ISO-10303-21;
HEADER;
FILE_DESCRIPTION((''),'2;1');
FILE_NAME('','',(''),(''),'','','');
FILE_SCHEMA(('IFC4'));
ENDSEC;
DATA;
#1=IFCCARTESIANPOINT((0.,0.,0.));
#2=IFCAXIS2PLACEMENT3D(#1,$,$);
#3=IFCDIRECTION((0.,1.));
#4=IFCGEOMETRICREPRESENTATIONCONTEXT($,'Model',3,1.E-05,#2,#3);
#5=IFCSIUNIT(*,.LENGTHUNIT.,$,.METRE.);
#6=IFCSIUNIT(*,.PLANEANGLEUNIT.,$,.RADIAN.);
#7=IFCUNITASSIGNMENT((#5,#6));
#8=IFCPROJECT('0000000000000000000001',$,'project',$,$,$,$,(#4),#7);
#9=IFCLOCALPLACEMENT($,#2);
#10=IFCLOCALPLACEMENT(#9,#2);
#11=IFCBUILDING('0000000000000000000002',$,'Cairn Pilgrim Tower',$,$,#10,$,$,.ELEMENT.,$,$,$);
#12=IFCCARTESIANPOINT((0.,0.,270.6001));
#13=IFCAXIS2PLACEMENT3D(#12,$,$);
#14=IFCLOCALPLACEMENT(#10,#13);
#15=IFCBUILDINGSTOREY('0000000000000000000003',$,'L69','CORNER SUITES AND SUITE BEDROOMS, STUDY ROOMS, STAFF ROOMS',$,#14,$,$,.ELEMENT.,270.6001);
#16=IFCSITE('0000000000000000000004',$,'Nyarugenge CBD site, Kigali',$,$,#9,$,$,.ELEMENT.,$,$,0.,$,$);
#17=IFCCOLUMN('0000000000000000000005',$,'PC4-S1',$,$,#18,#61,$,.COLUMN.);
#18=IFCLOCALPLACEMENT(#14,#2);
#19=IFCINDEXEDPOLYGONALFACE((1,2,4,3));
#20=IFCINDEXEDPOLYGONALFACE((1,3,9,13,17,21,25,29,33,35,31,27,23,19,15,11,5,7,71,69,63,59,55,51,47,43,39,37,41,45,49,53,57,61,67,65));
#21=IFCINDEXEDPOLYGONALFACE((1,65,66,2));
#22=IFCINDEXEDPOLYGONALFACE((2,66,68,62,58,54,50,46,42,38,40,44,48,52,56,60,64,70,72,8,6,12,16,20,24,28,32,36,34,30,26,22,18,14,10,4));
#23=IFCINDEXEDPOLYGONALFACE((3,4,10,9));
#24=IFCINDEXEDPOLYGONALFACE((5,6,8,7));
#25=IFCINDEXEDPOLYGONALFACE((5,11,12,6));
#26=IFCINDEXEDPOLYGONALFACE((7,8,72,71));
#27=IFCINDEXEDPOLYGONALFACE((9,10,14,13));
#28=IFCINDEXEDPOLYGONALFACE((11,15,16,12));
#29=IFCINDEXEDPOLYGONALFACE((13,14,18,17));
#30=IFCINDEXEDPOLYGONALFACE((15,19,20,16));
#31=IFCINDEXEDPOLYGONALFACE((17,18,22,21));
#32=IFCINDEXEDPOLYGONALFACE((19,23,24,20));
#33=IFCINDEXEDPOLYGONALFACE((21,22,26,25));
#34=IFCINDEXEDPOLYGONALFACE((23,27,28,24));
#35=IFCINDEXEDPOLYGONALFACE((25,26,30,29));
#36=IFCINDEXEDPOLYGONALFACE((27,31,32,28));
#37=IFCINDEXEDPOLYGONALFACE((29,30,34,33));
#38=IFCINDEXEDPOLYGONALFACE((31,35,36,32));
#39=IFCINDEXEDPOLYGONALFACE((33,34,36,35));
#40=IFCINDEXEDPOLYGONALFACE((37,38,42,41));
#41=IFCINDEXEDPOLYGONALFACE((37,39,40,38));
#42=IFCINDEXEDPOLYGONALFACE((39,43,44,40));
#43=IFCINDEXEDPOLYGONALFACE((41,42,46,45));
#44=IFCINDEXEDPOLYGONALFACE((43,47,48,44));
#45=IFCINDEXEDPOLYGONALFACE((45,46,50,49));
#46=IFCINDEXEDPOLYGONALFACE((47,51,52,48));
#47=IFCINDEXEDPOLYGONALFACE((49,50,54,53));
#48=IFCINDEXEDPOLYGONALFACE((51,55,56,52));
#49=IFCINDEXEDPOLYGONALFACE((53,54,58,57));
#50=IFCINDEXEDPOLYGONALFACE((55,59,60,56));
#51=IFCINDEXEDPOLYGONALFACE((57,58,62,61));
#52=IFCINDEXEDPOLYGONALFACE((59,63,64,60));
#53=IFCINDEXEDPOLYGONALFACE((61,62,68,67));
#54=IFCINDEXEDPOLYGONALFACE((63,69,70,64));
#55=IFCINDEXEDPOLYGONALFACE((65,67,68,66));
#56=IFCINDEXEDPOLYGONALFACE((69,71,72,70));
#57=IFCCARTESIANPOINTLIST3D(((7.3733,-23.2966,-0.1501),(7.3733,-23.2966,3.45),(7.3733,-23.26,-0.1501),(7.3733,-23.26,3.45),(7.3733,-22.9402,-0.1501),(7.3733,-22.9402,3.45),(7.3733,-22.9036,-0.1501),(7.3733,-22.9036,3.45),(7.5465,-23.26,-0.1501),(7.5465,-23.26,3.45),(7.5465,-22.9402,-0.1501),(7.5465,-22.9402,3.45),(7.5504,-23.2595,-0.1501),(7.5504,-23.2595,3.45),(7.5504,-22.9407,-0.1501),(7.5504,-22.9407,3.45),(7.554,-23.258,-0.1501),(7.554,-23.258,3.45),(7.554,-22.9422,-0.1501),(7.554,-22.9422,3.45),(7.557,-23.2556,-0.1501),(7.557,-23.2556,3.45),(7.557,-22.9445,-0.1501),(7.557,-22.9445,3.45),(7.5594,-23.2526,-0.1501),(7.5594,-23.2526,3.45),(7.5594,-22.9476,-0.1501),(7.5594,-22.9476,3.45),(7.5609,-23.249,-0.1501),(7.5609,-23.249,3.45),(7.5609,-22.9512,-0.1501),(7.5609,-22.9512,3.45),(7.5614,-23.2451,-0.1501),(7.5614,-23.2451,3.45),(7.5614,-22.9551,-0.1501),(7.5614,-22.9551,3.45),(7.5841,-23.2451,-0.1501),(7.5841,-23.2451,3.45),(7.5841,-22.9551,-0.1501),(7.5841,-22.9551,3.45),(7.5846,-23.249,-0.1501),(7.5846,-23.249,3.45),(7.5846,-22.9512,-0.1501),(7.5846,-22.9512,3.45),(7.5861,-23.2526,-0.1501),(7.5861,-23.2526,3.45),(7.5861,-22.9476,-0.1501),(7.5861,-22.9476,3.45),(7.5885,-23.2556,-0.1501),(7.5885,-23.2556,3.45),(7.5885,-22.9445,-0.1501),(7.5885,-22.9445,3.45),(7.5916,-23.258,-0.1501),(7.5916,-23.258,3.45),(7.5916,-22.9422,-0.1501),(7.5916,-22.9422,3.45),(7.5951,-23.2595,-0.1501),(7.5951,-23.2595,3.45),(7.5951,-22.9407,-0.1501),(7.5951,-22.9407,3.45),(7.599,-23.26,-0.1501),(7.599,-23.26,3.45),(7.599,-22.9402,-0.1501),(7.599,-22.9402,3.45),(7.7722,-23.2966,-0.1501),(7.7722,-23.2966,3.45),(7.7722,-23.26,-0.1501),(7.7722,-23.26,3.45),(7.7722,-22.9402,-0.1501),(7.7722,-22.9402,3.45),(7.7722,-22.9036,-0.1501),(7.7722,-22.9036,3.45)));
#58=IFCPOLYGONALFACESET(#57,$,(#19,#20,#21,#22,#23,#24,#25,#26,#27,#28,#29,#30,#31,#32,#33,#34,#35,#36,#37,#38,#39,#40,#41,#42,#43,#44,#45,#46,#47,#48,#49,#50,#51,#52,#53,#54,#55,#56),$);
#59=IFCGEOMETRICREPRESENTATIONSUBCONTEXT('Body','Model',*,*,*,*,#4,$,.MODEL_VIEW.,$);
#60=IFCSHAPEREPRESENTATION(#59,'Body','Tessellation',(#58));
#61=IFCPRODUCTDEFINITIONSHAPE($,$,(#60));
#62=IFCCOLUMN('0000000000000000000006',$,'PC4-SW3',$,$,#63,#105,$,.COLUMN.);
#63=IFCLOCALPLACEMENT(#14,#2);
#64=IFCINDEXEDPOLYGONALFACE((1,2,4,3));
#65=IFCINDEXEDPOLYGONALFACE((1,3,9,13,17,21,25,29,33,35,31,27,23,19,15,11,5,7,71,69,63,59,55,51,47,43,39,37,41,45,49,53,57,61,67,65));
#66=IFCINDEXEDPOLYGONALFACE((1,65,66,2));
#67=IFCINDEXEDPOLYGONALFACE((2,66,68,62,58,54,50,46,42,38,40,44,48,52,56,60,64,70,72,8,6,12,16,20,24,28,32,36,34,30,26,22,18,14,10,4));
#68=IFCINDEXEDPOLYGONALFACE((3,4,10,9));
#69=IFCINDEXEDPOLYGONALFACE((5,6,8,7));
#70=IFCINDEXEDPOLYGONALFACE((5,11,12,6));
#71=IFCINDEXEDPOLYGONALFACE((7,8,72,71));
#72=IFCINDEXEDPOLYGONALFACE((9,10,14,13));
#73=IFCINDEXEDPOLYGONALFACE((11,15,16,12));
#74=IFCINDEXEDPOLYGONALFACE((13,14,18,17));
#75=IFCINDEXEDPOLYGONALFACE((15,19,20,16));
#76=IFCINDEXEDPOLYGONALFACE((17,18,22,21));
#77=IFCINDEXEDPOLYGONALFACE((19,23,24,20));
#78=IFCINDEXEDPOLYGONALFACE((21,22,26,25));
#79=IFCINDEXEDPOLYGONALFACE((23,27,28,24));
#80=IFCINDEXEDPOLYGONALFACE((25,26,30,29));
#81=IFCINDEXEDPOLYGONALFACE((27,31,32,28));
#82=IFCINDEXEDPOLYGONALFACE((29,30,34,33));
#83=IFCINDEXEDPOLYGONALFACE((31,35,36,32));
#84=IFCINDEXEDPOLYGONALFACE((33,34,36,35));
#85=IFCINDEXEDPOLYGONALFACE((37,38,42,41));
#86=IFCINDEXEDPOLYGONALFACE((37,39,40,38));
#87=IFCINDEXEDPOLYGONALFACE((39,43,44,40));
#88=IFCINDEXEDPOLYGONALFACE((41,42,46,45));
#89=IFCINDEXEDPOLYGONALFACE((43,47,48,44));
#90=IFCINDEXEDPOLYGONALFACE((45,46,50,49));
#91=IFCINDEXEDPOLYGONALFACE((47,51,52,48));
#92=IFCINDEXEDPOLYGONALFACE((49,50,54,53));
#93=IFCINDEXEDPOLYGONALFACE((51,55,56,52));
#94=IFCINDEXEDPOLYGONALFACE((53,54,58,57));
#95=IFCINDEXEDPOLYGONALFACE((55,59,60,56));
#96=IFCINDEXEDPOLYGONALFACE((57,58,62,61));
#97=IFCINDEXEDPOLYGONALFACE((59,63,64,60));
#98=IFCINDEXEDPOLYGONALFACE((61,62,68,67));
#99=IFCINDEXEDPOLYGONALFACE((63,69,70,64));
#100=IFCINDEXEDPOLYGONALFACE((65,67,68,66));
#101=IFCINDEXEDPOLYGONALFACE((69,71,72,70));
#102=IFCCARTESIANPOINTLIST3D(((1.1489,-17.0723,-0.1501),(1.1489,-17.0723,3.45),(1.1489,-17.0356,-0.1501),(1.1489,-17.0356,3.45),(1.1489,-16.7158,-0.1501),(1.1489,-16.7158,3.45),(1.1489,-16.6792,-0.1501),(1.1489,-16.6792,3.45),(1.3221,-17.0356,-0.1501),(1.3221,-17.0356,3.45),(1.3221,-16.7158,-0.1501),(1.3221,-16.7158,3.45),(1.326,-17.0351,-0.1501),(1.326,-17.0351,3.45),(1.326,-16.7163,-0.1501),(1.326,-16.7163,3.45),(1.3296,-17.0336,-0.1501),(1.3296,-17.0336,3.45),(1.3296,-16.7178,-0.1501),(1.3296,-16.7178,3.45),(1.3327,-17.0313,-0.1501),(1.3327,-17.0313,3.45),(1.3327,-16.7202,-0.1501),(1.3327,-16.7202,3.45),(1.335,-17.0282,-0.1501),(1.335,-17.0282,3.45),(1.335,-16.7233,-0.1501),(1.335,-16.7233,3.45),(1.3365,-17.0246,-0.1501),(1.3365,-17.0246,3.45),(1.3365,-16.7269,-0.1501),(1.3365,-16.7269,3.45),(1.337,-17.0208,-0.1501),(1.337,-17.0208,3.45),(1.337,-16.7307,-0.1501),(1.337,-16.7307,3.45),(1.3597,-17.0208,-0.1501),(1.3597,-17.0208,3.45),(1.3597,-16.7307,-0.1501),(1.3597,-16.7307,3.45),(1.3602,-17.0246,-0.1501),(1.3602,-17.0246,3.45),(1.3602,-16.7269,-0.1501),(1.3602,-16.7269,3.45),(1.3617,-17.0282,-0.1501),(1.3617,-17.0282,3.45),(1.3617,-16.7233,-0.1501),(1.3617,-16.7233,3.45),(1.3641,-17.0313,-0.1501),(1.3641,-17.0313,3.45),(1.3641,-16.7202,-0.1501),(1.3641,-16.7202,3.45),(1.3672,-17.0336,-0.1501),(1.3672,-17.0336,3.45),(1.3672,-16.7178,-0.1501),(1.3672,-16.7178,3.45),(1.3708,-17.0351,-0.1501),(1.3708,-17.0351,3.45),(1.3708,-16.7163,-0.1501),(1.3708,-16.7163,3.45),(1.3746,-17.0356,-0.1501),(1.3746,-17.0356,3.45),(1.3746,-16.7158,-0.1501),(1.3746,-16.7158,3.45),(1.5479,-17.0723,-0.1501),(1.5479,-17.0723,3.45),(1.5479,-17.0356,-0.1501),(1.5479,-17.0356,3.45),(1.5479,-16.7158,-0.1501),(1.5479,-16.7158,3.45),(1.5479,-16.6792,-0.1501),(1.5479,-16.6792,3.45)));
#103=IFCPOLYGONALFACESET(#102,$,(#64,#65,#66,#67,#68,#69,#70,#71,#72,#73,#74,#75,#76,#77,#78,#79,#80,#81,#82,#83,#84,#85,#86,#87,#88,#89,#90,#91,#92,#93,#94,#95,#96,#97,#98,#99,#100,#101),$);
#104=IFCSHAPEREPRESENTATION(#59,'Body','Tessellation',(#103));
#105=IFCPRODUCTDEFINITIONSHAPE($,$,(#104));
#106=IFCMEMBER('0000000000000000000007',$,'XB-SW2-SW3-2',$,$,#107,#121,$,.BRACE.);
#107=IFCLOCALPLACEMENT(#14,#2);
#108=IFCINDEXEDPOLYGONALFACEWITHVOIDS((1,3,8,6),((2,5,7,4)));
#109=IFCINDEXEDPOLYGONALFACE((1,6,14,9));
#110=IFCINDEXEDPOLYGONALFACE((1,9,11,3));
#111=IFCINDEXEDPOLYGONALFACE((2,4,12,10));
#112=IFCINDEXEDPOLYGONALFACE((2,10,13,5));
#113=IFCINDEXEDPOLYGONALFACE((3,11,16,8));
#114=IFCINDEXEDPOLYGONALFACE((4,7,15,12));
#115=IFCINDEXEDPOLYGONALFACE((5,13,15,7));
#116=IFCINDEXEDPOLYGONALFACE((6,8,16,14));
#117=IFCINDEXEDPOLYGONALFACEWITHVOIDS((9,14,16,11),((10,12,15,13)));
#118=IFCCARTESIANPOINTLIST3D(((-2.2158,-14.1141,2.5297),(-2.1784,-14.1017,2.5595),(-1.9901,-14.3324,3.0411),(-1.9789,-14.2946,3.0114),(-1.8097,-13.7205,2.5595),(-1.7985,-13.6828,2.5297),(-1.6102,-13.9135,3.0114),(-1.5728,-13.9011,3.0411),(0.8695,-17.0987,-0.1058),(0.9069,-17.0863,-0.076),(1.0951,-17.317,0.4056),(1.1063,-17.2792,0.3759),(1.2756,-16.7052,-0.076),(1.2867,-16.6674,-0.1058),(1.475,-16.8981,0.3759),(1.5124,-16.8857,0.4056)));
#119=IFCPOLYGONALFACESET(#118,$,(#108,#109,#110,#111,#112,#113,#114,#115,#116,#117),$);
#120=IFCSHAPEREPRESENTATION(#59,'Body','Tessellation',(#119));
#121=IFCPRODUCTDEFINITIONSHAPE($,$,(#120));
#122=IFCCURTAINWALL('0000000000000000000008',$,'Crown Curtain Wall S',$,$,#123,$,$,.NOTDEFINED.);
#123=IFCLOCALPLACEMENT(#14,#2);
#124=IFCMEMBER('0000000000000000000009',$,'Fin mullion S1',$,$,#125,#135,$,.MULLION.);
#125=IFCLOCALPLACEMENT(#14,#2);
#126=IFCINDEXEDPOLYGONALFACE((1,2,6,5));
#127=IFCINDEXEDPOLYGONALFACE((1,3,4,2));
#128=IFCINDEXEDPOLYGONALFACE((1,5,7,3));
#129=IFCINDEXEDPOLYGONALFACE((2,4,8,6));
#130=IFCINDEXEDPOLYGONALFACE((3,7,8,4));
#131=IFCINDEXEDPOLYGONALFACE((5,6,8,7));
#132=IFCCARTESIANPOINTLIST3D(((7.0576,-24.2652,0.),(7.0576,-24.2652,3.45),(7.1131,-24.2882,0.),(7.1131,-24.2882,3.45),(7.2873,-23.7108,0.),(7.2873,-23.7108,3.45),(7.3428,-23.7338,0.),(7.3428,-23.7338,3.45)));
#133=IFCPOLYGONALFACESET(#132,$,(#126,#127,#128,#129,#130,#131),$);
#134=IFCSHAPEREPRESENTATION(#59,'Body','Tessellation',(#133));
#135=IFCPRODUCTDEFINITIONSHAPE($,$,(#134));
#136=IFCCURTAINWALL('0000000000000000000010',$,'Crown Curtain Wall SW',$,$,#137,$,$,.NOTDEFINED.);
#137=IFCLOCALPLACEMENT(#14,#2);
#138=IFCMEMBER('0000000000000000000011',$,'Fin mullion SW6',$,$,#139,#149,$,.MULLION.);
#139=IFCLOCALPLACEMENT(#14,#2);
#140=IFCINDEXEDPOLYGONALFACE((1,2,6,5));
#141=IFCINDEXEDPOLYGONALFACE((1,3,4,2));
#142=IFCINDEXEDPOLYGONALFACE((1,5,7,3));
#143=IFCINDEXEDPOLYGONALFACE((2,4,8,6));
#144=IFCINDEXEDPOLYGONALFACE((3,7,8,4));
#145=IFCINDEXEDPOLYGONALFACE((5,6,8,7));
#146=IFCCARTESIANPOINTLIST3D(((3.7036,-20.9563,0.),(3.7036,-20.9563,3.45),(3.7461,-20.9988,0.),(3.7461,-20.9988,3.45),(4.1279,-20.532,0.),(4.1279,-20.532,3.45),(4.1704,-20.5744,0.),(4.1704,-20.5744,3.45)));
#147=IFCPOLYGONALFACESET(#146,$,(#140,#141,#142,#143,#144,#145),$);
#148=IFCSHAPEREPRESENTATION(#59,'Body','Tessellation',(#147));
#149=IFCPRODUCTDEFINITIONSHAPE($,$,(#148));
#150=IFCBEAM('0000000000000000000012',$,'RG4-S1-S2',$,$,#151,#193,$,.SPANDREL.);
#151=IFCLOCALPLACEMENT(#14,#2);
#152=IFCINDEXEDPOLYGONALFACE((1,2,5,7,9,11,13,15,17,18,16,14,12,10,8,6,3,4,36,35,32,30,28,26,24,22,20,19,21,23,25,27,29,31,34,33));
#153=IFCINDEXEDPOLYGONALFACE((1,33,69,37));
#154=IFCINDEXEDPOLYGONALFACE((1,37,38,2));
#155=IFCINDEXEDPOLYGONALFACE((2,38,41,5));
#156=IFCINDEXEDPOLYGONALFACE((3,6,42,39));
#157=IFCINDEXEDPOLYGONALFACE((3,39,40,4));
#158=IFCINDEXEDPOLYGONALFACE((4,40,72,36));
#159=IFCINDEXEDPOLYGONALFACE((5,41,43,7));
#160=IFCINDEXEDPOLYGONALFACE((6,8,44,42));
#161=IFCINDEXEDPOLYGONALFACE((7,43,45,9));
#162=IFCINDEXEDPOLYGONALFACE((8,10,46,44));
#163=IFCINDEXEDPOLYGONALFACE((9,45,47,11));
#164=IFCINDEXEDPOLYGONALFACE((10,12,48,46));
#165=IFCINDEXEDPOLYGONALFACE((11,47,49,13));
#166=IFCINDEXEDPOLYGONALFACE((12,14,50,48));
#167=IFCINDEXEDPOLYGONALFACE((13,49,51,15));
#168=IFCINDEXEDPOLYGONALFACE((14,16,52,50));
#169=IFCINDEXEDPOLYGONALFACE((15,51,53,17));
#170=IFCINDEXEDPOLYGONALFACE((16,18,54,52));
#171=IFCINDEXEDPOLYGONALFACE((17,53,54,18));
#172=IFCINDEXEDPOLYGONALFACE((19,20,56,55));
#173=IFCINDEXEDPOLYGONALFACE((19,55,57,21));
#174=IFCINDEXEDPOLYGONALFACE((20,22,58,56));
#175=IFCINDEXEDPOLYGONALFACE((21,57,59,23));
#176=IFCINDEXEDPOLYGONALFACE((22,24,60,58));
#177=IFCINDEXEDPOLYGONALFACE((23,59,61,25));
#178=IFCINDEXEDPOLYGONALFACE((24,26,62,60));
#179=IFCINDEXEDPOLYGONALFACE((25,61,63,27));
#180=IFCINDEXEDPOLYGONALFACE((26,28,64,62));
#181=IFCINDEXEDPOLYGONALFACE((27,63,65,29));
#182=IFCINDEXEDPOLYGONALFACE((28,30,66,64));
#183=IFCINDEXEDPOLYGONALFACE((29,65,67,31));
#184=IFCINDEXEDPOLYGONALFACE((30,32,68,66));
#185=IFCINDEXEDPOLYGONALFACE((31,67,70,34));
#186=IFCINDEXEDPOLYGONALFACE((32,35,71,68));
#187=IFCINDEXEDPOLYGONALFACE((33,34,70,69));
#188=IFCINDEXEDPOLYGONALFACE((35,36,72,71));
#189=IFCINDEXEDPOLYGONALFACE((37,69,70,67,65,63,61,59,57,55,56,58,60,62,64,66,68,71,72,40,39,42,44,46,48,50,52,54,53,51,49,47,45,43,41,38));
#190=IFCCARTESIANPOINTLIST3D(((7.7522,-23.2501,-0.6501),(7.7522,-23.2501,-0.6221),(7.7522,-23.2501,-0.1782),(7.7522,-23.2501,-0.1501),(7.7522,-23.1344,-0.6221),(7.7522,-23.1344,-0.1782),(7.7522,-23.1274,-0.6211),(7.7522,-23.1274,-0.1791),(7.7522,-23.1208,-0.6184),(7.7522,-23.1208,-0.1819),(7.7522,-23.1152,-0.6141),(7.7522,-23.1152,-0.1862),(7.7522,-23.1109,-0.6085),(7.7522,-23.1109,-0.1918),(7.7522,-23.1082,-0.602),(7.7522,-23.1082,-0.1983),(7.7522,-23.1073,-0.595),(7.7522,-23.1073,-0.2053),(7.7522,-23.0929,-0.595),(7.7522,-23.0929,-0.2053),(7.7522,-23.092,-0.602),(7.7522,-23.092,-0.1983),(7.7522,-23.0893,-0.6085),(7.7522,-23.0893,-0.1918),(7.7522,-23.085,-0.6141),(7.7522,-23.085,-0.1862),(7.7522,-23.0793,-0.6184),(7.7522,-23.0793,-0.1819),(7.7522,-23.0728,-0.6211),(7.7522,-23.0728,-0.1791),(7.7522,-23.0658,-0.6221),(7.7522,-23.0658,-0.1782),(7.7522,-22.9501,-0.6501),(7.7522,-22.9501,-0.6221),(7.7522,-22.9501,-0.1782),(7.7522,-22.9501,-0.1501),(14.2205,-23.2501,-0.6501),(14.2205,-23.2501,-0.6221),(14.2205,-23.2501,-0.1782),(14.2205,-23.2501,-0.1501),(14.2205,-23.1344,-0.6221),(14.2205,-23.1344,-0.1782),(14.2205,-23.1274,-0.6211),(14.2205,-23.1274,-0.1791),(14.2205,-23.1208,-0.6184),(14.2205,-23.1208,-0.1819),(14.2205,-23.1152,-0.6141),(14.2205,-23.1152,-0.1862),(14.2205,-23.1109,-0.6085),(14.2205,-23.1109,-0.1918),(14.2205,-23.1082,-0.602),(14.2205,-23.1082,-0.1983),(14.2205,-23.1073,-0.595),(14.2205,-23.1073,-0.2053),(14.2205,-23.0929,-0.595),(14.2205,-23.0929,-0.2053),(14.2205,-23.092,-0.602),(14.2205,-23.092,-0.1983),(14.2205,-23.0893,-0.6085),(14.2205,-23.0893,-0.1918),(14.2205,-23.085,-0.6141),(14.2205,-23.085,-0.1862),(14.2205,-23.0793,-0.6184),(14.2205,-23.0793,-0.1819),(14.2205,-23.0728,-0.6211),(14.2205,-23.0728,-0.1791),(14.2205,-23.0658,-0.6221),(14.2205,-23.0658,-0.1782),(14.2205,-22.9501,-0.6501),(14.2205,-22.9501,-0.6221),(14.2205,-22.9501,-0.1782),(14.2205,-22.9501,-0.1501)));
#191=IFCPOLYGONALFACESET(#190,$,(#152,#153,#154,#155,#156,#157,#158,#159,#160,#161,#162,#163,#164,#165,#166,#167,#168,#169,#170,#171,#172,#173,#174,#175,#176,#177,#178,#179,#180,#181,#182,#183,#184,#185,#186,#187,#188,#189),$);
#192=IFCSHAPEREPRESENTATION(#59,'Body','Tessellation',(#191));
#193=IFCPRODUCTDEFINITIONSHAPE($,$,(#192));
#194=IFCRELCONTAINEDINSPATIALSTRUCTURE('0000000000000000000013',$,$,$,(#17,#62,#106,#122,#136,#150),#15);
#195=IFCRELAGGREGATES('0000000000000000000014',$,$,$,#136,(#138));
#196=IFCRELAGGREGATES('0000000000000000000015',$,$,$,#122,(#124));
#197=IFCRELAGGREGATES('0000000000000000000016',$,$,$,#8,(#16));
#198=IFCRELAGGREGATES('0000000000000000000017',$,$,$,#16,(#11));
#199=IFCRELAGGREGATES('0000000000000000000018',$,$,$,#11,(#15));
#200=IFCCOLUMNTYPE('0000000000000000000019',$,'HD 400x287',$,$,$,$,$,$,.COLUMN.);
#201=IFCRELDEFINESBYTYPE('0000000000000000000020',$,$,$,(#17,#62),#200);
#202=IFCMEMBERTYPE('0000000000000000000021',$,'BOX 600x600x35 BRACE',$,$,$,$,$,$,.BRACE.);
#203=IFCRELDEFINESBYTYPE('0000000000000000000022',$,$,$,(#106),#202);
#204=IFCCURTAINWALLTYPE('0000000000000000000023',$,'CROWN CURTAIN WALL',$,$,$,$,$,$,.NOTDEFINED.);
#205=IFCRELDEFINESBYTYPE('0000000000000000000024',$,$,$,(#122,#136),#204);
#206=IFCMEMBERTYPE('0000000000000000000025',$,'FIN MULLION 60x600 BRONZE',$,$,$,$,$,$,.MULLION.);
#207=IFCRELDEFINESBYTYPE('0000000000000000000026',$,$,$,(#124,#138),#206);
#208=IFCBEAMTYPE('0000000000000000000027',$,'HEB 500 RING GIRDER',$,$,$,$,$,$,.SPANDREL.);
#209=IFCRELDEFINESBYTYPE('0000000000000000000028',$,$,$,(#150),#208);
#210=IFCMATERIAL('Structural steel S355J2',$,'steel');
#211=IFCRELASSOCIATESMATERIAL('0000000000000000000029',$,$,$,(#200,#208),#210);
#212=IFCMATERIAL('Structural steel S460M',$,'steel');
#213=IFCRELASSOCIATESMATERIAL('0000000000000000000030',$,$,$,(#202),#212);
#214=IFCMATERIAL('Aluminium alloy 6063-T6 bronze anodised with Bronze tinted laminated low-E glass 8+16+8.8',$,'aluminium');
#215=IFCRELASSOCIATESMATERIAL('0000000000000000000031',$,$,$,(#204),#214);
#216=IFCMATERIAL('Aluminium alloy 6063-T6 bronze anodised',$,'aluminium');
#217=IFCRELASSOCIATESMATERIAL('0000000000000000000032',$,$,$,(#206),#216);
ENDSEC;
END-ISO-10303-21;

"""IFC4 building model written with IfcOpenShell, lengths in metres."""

from ifc_helpers import new_model, si_unit, direction, frame, origin, origin_2d, place, context, subcontext, project, spatial, rectangle, hollow_rectangle, i_section, extrude, material, material_profile, profile_set, type_object, element, aggregate, save


model = new_model("IFC4")

# Units and contexts
model_context = context("Model", 3, precision=1e-05, world=origin(), true_north=direction((0.0, 1.0)))
body_context = subcontext(model_context, "Body", "Model", "MODEL_VIEW")
ifc_project = project(units=[si_unit("LENGTHUNIT", "METRE"), si_unit("PLANEANGLEUNIT", "RADIAN")], contexts=[model_context])

# Site, building, storey
site_placement = place(None, origin())
site = spatial("IfcSite", under=ifc_project, at=site_placement, Name="Nyarugenge CBD site, Kigali", CompositionType="ELEMENT", RefElevation=0.0)
building_placement = place(site_placement, origin())
building = spatial("IfcBuilding", under=site, at=building_placement, Name="Cairn Pilgrim Tower", CompositionType="ELEMENT")
storey_placement = place(building_placement, frame((0.0, 0.0, 270.6001)))
storey = spatial("IfcBuildingStorey", under=building, at=storey_placement, Name="L69", Description="CORNER SUITES AND SUITE BEDROOMS, STUDY ROOMS, STAFF ROOMS", CompositionType="ELEMENT", Elevation=270.6001)

# Columns
ifc_material_1 = material(Name="Structural steel S355J2", Category="steel")
ifc_material_profile_1 = material_profile(ifc_material_1, i_section(OverallWidth=0.3989, OverallDepth=0.3931, WebThickness=0.0227, FlangeThickness=0.0366, FilletRadius=0.0149, at=origin_2d()), Name="HD 400x287")
ifc_profile_set_1 = profile_set([ifc_material_profile_1], Name="Structural steel S355J2")
column_type = type_object("IfcColumnType", Name="HD 400x287", PredefinedType="COLUMN", material=ifc_profile_set_1)
for number, where, z_axis, x_axis, name in (
    (1, (7.5728, -23.1001, -0.1501), (0.0, 0.0, 1.0), (1.0, 0.0, 0.0), "PC4-S1"),
    (2, (1.3484, -16.8757, -0.1501), (0.0, 0.0, 1.0), (1.0, 0.0, 0.0), "PC4-SW3"),
):
    element("IfcColumn", number, at=place(storey_placement, frame(where, z_axis=z_axis, x_axis=x_axis)), inside=storey, type_object=column_type, Name=name, PredefinedType="COLUMN", context=body_context, shape_type="SweptSolid", body=[
        extrude(i_section(OverallWidth=0.3989, OverallDepth=0.3931, WebThickness=0.0227, FlangeThickness=0.0366, FilletRadius=0.0149, at=origin_2d()), origin(), (0.0, 0.0, 1.0), 3.6001),
    ])

# Member
ifc_material_2 = material(Name="Structural steel S460M", Category="steel")
ifc_material_profile_2 = material_profile(ifc_material_2, hollow_rectangle(XDim=0.6001, YDim=0.6001, WallThickness=0.0349, at=origin_2d()), Name="BOX 600x600x35")
ifc_profile_set_2 = profile_set([ifc_material_profile_2], Name="Structural steel S460M")
member_type_1 = type_object("IfcMemberType", Name="BOX 600x600x35 BRACE", PredefinedType="BRACE", material=ifc_profile_set_2)
member_1_placement = place(storey_placement, frame((1.1909, -16.9922, 0.1499), z_axis=(-0.612497, 0.592528, 0.523218), x_axis=(-0.695294, -0.718726, 0.0)))
element("IfcMember", 3, at=member_1_placement, inside=storey, type_object=member_type_1, Name="XB-SW2-SW3-2", PredefinedType="BRACE", context=body_context, shape_type="SweptSolid", body=[
    extrude(hollow_rectangle(XDim=0.6001, YDim=0.6001, WallThickness=0.0349, at=origin_2d()), origin(), (0.0, 0.0, 1.0), 5.0371),
])

# Curtain walls, members
ifc_material_3 = material(Name="Aluminium alloy 6063-T6 bronze anodised with Bronze tinted laminated low-E glass 8+16+8.8", Category="aluminium")
curtain_wall_type = type_object("IfcCurtainWallType", Name="CROWN CURTAIN WALL", PredefinedType="NOTDEFINED", material=ifc_material_3)
curtain_wall_1_placement = place(storey_placement, origin())
curtain_wall_1 = element("IfcCurtainWall", 4, at=curtain_wall_1_placement, inside=storey, type_object=curtain_wall_type, Name="Crown Curtain Wall S", PredefinedType="NOTDEFINED")
ifc_material_4 = material(Name="Aluminium alloy 6063-T6 bronze anodised", Category="aluminium")
ifc_material_profile_3 = material_profile(ifc_material_4, rectangle(XDim=0.6001, YDim=0.0601, at=origin_2d()), Name="FIN MULLION 60x600 BRONZE")
ifc_profile_set_3 = profile_set([ifc_material_profile_3], Name="Aluminium alloy 6063-T6 bronze anodised")
member_type_2 = type_object("IfcMemberType", Name="FIN MULLION 60x600 BRONZE", PredefinedType="MULLION", material=ifc_profile_set_3)
member_2_placement = place(storey_placement, frame((7.2002, -23.9995, 0.0), z_axis=(0.0, 0.0, 1.0), x_axis=(-0.382683, -0.92388, 0.0)))
member_2 = element("IfcMember", 5, at=member_2_placement, type_object=member_type_2, Name="Fin mullion S1", PredefinedType="MULLION", context=body_context, shape_type="SweptSolid", body=[
    extrude(rectangle(XDim=0.6001, YDim=0.0601, at=origin_2d()), origin(), (0.0, 0.0, 1.0), 3.45),
])
curtain_wall_2_placement = place(storey_placement, origin())
curtain_wall_2 = element("IfcCurtainWall", 6, at=curtain_wall_2_placement, inside=storey, type_object=curtain_wall_type, Name="Crown Curtain Wall SW", PredefinedType="NOTDEFINED")
member_3_placement = place(storey_placement, frame((3.937, -20.7654, 0.0), z_axis=(0.0, 0.0, 1.0), x_axis=(-0.707107, -0.707107, 0.0)))
member_3 = element("IfcMember", 7, at=member_3_placement, type_object=member_type_2, Name="Fin mullion SW6", PredefinedType="MULLION", context=body_context, shape_type="SweptSolid", body=[
    extrude(rectangle(XDim=0.6001, YDim=0.0601, at=origin_2d()), origin(), (0.0, 0.0, 1.0), 3.45),
])

# Beam
ifc_material_profile_4 = material_profile(ifc_material_1, i_section(OverallWidth=0.3, OverallDepth=0.5, WebThickness=0.0144, FlangeThickness=0.0281, FilletRadius=0.0271, at=origin_2d()), Name="HEB 500")
ifc_profile_set_4 = profile_set([ifc_material_profile_4], Name="Structural steel S355J2")
beam_type_1 = type_object("IfcBeamType", Name="HEB 500 RING GIRDER", PredefinedType="SPANDREL", material=ifc_profile_set_4)
beam_1_placement = place(storey_placement, frame((7.7522, -23.1001, -0.4001), z_axis=(1.0, 0.0, 0.0), x_axis=(0.0, 1.0, 0.0)))
element("IfcBeam", 8, at=beam_1_placement, inside=storey, type_object=beam_type_1, Name="RG4-S1-S2", PredefinedType="SPANDREL", context=body_context, shape_type="SweptSolid", body=[
    extrude(i_section(OverallWidth=0.3, OverallDepth=0.5, WebThickness=0.0144, FlangeThickness=0.0281, FilletRadius=0.0271, at=origin_2d()), origin(), (0.0, 0.0, 1.0), 6.4683),
])

aggregate(curtain_wall_2, [member_3])
aggregate(curtain_wall_1, [member_2])

save(model, "model.ifc")
